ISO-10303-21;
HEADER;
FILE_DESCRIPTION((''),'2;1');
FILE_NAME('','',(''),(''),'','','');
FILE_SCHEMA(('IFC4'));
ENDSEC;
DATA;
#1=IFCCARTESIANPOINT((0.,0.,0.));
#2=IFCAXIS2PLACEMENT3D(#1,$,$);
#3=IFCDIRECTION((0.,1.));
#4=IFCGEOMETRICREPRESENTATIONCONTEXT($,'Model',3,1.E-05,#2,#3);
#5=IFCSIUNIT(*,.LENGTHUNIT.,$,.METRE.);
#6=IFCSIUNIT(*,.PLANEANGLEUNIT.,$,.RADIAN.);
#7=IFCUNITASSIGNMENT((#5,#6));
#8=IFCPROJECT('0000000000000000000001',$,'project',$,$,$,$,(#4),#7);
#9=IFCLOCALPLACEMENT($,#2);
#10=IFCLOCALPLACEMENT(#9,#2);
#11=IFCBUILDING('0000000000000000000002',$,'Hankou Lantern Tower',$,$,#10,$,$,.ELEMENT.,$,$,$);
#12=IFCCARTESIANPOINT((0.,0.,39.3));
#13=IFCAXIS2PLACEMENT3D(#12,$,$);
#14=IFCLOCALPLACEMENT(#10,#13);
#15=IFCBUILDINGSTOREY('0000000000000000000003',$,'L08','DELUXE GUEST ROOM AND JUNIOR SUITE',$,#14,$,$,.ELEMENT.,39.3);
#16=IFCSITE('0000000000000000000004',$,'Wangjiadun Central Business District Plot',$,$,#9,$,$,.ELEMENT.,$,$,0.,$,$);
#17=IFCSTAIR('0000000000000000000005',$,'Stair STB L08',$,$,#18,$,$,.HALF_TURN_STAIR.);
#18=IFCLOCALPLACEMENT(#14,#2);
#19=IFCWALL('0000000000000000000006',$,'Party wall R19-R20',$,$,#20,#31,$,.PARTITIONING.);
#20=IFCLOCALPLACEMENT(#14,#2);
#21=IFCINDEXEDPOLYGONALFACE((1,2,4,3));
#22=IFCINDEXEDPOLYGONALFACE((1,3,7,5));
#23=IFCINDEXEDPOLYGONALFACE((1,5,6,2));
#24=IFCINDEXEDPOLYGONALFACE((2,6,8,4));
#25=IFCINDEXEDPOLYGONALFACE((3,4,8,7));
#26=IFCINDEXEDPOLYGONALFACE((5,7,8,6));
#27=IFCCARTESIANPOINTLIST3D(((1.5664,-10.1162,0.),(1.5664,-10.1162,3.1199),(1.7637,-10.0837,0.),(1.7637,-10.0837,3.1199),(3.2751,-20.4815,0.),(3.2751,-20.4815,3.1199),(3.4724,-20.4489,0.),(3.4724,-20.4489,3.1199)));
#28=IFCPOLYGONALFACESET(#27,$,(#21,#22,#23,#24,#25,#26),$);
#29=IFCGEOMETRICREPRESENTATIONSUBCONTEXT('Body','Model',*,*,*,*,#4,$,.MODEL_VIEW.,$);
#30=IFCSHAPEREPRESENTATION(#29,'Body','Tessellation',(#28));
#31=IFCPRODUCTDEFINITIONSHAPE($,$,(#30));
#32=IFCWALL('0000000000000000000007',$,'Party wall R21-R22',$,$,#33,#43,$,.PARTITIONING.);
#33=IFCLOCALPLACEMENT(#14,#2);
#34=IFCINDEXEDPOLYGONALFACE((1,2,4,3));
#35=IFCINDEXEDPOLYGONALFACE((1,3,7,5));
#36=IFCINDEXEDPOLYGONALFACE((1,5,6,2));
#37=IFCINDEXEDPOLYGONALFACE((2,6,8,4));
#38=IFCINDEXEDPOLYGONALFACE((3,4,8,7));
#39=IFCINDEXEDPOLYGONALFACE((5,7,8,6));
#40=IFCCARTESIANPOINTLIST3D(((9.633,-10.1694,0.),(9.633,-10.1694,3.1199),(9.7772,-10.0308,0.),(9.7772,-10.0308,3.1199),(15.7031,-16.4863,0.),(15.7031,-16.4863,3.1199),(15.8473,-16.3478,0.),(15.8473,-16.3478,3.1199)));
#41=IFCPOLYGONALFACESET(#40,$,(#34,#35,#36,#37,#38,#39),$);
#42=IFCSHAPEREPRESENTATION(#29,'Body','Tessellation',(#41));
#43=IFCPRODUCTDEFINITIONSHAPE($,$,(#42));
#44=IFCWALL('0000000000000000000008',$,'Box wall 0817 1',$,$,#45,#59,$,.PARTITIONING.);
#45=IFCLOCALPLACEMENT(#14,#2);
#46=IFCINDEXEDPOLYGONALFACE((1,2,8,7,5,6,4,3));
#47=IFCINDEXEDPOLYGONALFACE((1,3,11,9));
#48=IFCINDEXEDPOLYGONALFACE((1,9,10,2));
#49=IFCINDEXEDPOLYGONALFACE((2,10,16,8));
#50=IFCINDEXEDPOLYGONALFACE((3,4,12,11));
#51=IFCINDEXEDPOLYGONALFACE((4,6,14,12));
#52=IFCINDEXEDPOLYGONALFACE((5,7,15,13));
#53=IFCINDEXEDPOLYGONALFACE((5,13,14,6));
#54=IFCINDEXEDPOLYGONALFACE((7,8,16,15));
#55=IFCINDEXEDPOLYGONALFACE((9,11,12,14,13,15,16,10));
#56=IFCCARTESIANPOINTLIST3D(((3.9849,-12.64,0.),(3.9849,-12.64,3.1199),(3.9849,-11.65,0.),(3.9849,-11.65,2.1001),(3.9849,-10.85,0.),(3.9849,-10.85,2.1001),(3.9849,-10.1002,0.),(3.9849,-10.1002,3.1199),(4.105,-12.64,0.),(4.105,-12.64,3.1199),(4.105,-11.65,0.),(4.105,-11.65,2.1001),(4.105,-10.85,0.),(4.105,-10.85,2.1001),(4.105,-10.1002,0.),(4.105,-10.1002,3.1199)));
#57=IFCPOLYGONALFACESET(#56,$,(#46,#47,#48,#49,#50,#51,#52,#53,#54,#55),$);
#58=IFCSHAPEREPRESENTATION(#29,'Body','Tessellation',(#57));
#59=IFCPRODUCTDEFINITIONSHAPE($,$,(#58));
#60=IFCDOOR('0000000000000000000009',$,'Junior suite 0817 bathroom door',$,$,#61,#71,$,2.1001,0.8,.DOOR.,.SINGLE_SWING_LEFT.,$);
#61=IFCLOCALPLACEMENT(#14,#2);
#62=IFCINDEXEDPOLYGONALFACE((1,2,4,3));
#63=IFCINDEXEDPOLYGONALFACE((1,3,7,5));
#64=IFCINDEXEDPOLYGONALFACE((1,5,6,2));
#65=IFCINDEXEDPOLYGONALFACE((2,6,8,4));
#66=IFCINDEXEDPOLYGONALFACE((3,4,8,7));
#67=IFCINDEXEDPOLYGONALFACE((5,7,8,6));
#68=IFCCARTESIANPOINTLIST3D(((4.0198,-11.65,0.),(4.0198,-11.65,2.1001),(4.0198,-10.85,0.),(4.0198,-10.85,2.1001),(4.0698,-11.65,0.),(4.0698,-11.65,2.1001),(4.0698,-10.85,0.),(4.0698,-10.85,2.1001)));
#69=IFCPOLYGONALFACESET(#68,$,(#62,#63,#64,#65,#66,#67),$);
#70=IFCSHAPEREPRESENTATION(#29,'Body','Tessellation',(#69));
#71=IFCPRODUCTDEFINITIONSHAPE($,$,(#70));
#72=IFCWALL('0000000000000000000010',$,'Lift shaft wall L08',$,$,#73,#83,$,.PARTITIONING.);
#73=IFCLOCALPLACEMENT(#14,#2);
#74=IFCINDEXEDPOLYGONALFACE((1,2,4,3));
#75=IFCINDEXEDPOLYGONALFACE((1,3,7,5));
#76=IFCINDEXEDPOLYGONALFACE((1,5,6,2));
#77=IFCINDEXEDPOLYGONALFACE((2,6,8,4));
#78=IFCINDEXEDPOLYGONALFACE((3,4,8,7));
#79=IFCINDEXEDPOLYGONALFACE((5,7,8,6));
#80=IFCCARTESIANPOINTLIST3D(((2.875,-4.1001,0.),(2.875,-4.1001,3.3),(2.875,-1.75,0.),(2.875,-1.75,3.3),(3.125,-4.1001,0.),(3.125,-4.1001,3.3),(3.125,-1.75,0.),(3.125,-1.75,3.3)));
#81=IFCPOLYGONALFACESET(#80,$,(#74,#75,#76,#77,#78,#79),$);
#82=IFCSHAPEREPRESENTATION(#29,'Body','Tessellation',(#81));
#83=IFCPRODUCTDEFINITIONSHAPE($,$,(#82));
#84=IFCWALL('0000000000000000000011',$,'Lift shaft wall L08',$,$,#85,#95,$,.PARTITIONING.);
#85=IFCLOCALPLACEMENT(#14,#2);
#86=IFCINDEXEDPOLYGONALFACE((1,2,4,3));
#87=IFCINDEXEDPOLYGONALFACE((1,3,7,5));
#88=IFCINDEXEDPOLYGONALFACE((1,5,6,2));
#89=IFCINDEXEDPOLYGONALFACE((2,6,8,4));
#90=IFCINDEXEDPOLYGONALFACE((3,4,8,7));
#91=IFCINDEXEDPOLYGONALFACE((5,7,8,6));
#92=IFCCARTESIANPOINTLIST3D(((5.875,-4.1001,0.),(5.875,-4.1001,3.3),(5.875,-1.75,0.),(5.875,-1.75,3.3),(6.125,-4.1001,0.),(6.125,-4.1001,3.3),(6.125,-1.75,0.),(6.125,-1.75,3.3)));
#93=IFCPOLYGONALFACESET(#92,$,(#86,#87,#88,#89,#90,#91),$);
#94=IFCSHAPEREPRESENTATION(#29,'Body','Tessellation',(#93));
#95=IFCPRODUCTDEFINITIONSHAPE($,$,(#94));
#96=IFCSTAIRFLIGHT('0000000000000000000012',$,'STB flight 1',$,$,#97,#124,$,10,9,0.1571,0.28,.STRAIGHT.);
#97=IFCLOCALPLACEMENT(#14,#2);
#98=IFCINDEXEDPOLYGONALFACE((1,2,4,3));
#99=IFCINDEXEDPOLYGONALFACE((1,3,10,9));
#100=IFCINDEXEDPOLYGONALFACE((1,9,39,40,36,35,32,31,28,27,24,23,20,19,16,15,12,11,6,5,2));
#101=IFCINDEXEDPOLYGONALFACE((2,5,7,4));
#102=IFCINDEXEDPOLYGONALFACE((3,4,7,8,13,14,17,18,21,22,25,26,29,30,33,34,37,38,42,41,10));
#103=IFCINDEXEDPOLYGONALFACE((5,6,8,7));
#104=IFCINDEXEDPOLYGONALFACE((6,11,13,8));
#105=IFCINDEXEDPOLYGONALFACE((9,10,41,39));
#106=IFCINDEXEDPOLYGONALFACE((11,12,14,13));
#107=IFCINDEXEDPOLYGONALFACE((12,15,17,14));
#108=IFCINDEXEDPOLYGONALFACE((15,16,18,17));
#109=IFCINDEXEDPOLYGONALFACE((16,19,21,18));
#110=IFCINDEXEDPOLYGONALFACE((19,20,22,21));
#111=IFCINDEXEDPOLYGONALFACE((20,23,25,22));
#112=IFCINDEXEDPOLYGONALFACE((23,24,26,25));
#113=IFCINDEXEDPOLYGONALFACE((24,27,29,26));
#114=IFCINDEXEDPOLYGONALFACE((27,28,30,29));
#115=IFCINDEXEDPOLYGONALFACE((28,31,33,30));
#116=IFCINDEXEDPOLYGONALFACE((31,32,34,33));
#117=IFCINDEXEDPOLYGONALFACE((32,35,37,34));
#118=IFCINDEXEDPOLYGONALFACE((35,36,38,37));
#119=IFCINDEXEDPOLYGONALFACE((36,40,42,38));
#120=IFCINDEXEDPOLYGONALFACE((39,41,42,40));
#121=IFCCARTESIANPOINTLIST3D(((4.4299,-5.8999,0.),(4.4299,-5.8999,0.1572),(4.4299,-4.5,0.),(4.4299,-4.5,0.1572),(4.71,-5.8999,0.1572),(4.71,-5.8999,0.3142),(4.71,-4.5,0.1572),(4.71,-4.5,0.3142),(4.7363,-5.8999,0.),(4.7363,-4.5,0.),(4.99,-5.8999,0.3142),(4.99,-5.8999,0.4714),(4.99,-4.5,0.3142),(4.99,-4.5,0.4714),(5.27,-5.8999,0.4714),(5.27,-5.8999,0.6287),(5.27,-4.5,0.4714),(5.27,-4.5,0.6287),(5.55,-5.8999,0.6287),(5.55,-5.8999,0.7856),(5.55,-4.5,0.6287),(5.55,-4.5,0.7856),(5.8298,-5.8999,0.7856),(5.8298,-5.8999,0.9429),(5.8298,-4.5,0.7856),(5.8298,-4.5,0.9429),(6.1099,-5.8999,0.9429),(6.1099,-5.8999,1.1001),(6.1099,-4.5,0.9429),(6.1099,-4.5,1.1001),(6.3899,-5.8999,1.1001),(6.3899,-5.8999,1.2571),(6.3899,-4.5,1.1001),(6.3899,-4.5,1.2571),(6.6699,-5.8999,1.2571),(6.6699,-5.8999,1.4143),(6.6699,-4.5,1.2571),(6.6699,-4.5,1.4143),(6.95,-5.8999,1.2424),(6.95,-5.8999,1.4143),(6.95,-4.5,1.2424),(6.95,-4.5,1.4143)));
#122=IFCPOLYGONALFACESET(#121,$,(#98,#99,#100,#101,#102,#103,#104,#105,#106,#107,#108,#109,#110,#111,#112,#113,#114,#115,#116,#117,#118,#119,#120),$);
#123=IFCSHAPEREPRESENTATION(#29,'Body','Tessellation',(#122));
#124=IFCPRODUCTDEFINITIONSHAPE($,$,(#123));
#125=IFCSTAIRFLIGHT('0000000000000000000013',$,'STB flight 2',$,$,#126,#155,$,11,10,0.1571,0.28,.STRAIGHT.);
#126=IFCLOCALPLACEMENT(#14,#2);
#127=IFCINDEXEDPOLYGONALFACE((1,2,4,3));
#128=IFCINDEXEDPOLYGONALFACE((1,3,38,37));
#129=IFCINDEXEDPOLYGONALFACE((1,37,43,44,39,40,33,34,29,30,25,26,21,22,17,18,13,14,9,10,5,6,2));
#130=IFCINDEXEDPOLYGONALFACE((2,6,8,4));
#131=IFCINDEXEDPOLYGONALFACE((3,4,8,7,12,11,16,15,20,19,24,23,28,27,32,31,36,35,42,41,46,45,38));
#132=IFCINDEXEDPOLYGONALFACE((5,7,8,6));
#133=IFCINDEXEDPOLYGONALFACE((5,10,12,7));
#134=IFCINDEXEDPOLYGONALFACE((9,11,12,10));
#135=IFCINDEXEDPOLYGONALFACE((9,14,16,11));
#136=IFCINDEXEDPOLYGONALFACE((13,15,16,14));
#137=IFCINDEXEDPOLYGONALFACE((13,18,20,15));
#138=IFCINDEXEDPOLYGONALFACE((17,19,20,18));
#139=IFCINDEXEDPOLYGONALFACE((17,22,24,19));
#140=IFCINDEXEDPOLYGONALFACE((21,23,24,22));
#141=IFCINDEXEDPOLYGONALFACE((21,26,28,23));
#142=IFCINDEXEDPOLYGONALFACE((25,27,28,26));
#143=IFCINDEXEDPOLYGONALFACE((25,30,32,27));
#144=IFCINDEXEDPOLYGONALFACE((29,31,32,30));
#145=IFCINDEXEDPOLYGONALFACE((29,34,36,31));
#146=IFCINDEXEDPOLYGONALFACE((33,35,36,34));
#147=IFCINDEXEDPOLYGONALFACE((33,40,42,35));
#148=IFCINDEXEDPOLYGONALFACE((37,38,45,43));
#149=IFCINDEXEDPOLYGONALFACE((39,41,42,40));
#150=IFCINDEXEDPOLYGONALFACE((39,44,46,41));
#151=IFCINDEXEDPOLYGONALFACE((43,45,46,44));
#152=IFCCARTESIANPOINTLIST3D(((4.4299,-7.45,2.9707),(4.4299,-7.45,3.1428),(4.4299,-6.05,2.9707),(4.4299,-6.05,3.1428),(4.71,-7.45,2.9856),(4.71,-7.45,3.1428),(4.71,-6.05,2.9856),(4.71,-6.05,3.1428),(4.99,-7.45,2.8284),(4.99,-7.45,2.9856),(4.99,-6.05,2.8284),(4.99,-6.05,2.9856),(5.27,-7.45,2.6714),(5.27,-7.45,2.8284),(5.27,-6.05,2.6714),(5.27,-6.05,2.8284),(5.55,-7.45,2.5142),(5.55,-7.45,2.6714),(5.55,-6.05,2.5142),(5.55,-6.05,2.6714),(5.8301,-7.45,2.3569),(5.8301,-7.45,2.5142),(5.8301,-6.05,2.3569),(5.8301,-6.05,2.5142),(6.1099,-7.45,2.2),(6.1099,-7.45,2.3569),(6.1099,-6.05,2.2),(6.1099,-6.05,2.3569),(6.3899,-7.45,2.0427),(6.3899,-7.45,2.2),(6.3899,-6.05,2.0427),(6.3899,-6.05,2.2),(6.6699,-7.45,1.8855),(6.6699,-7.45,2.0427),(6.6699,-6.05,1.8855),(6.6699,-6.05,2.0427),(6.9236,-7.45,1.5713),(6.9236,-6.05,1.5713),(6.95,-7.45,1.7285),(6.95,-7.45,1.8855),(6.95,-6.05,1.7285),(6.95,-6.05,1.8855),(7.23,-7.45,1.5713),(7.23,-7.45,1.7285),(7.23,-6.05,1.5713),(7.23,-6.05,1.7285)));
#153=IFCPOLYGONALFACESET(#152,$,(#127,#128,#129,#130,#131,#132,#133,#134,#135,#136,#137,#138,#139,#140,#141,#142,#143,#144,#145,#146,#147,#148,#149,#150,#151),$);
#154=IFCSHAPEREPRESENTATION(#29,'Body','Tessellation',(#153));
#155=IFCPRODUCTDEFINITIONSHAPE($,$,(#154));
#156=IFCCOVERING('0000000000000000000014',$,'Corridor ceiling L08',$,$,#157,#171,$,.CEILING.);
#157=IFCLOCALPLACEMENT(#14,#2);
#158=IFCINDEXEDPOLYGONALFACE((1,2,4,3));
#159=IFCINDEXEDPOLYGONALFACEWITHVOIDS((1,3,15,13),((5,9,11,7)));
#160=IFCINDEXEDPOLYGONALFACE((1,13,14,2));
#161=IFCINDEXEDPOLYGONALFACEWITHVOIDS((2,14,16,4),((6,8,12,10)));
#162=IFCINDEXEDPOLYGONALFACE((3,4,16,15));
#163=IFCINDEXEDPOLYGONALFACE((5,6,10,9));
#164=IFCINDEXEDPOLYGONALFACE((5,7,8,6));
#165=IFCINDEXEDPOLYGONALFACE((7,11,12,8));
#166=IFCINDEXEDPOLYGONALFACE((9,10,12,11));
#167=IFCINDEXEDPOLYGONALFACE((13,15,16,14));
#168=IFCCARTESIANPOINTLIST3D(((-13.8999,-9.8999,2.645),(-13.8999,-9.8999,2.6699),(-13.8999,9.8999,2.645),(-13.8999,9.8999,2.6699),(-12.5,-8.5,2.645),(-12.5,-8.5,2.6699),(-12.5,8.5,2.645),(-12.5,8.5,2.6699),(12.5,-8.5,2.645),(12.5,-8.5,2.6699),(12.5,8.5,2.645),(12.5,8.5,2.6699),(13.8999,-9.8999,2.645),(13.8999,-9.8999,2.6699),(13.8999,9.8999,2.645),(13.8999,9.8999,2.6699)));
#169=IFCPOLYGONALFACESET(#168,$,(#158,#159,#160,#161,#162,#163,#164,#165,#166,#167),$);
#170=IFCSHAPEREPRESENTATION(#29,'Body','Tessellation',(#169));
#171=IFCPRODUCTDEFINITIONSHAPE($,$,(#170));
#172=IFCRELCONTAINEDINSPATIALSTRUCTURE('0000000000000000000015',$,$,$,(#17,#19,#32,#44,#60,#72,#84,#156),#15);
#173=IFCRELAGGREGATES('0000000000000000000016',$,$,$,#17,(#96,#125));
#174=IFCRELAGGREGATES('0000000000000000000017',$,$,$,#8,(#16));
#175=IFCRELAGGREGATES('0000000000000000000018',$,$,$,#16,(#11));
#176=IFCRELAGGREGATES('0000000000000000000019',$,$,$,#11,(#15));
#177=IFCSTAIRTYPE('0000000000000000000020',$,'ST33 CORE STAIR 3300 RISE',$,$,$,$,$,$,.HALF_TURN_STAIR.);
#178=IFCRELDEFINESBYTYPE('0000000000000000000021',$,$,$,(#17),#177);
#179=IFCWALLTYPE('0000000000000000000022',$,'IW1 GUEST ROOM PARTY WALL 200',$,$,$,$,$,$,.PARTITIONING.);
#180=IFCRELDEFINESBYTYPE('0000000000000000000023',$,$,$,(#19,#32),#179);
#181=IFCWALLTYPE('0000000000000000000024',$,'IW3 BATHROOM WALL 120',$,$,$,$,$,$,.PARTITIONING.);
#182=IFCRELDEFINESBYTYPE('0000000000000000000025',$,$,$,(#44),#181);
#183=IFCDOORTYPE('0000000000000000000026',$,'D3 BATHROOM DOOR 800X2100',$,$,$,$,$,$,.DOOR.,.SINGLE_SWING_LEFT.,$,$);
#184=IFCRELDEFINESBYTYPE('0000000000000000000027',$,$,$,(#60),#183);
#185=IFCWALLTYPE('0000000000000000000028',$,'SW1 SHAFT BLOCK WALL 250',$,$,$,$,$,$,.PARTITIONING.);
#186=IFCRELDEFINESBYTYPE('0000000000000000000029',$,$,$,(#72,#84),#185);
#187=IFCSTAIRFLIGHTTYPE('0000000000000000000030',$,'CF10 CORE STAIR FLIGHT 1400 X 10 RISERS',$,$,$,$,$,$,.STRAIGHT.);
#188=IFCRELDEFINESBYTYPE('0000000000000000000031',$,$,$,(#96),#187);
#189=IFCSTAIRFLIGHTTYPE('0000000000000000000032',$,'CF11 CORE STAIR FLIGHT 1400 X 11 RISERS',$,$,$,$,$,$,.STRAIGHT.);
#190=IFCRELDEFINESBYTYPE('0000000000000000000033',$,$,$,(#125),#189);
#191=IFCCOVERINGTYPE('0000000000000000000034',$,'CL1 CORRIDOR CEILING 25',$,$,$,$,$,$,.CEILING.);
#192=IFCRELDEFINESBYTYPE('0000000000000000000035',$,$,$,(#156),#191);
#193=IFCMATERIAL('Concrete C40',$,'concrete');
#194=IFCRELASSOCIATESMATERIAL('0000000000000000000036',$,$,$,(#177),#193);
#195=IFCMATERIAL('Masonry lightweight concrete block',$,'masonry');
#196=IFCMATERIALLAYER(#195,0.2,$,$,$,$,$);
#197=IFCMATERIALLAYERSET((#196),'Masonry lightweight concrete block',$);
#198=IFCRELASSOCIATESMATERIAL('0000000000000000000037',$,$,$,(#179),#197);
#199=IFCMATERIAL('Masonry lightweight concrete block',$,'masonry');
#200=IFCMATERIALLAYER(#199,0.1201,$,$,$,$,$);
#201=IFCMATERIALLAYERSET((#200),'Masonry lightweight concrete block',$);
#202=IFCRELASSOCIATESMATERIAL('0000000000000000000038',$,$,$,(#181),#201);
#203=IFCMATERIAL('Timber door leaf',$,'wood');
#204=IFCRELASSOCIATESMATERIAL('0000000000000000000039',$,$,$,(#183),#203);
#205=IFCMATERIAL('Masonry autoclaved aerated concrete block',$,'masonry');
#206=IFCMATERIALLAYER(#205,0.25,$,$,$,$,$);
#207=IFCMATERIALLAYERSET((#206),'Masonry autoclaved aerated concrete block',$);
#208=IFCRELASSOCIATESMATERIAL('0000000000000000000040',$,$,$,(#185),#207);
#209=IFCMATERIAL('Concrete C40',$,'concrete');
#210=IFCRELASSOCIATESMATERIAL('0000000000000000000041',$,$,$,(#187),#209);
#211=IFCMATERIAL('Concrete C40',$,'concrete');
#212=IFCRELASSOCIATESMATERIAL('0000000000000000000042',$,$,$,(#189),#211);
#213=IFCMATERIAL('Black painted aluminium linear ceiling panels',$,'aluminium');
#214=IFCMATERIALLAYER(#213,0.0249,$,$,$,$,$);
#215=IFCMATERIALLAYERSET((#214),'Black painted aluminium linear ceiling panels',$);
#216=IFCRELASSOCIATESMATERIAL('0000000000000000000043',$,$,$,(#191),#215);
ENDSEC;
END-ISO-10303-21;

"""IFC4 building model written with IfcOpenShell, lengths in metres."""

from ifc_helpers import new_model, si_unit, direction, frame, frame_2d, origin, place, context, subcontext, project, spatial, polyline, rectangle, outline, extrude, material, layer, layer_set, type_object, element, fill, aggregate, save


model = new_model("IFC4")

# Units and contexts
model_context = context("Model", 3, precision=1e-05, world=origin(), true_north=direction((0.0, 1.0)))
body_context = subcontext(model_context, "Body", "Model", "MODEL_VIEW")
ifc_project = project(units=[si_unit("LENGTHUNIT", "METRE"), si_unit("PLANEANGLEUNIT", "RADIAN")], contexts=[model_context])

# Site, building, storey
site_placement = place(None, origin())
site = spatial("IfcSite", under=ifc_project, at=site_placement, Name="Wangjiadun Central Business District Plot", CompositionType="ELEMENT", RefElevation=0.0)
building_placement = place(site_placement, origin())
building = spatial("IfcBuilding", under=site, at=building_placement, Name="Hankou Lantern Tower", CompositionType="ELEMENT")
storey_placement = place(building_placement, frame((0.0, 0.0, 39.3)))
storey = spatial("IfcBuildingStorey", under=building, at=storey_placement, Name="L08", Description="DELUXE GUEST ROOM AND JUNIOR SUITE", CompositionType="ELEMENT", Elevation=39.3)

# Stair
ifc_material_1 = material(Name="Concrete C40", Category="concrete")
stair_type = type_object("IfcStairType", Name="ST33 CORE STAIR 3300 RISE", PredefinedType="HALF_TURN_STAIR", material=ifc_material_1)
stair_1_placement = place(storey_placement, origin())
stair_1 = element("IfcStair", 1, at=stair_1_placement, inside=storey, type_object=stair_type, Name="Stair STB L08", PredefinedType="HALF_TURN_STAIR")

# Walls
ifc_material_2 = material(Name="Masonry lightweight concrete block", Category="masonry")
ifc_layer_1 = layer(ifc_material_2, 0.2)
ifc_layer_set_1 = layer_set([ifc_layer_1], Name="Masonry lightweight concrete block")
wall_type_1 = type_object("IfcWallType", Name="IW1 GUEST ROOM PARTY WALL 200", PredefinedType="PARTITIONING", material=ifc_layer_set_1)
wall_1_placement = place(storey_placement, frame((1.665, -10.1001, 0.0), z_axis=(0.0, 0.0, 1.0), x_axis=(0.162658, -0.986683, 0.0)))
element("IfcWall", 2, at=wall_1_placement, inside=storey, type_object=wall_type_1, Name="Party wall R19-R20", PredefinedType="PARTITIONING", context=body_context, shape_type="SweptSolid", body=[
    extrude(rectangle(XDim=10.5051, YDim=0.2, at=frame_2d((5.2524, 0.0))), origin(), (0.0, 0.0, 1.0), 3.1199),
])
wall_2_placement = place(storey_placement, frame((9.7051, -10.1001, 0.0), z_axis=(0.0, 0.0, 1.0), x_axis=(0.692879, -0.721054, 0.0)))
element("IfcWall", 3, at=wall_2_placement, inside=storey, type_object=wall_type_1, Name="Party wall R21-R22", PredefinedType="PARTITIONING", context=body_context, shape_type="SweptSolid", body=[
    extrude(rectangle(XDim=8.7607, YDim=0.2, at=frame_2d((4.3804, 0.0))), origin(), (0.0, 0.0, 1.0), 3.1199),
])

# Wall, opening, door
ifc_material_3 = material(Name="Masonry lightweight concrete block", Category="masonry")
ifc_layer_2 = layer(ifc_material_3, 0.1201)
ifc_layer_set_2 = layer_set([ifc_layer_2], Name="Masonry lightweight concrete block")
wall_type_2 = type_object("IfcWallType", Name="IW3 BATHROOM WALL 120", PredefinedType="PARTITIONING", material=ifc_layer_set_2)
wall_3_placement = place(storey_placement, frame((4.0449, -10.1001, 0.0), z_axis=(0.0, 0.0, 1.0), x_axis=(0.0, -1.0, 0.0)))
wall_3 = element("IfcWall", 4, at=wall_3_placement, inside=storey, type_object=wall_type_2, Name="Box wall 0817 1", PredefinedType="PARTITIONING", context=body_context, shape_type="SweptSolid", body=[
    extrude(rectangle(XDim=2.5398, YDim=0.1201, at=frame_2d((1.27, 0.0))), origin(), (0.0, 0.0, 1.0), 3.1199),
])
opening_1_placement = place(wall_3_placement, frame((0.75, 0.0, 0.0)))
opening_1 = element("IfcOpeningElement", 5, at=opening_1_placement, cuts=wall_3, PredefinedType="OPENING", context=body_context, shape_type="SweptSolid", body=[
    extrude(rectangle(XDim=0.8, YDim=2.1001, at=frame_2d((0.3999, 1.05))), frame((0.0, 0.0701, 0.0), z_axis=(0.0, -1.0, 0.0), x_axis=(1.0, 0.0, 0.0)), (0.0, 0.0, 1.0), 0.1401),
])
ifc_material_4 = material(Name="Timber door leaf", Category="wood")
door_type_1 = type_object("IfcDoorType", Name="D3 BATHROOM DOOR 800X2100", OperationType="SINGLE_SWING_LEFT", PredefinedType="DOOR", material=ifc_material_4)
door_1_placement = place(opening_1_placement, origin())
door_1 = element("IfcDoor", 6, at=door_1_placement, inside=storey, type_object=door_type_1, Name="Junior suite 0817 bathroom door", OperationType="SINGLE_SWING_LEFT", OverallHeight=2.1001, OverallWidth=0.8, PredefinedType="DOOR", context=body_context, shape_type="SweptSolid", body=[
    extrude(rectangle(XDim=0.8, YDim=2.1001, at=frame_2d((0.3999, 1.05))), frame((0.0, 0.0249, 0.0), z_axis=(0.0, -1.0, 0.0), x_axis=(1.0, 0.0, 0.0)), (0.0, 0.0, 1.0), 0.05),
])
fill(opening_1, door_1)

# Walls
ifc_material_5 = material(Name="Masonry autoclaved aerated concrete block", Category="masonry")
ifc_layer_3 = layer(ifc_material_5, 0.25)
ifc_layer_set_3 = layer_set([ifc_layer_3], Name="Masonry autoclaved aerated concrete block")
wall_type_3 = type_object("IfcWallType", Name="SW1 SHAFT BLOCK WALL 250", PredefinedType="PARTITIONING", material=ifc_layer_set_3)
for number, where, z_axis, x_axis, name in (
    (7, (3.0, -4.1001, 0.0), (0.0, 0.0, 1.0), (0.0, 1.0, 0.0), "Lift shaft wall L08"),
    (8, (6.0, -4.1001, 0.0), (0.0, 0.0, 1.0), (0.0, 1.0, 0.0), "Lift shaft wall L08"),
):
    element("IfcWall", number, at=place(storey_placement, frame(where, z_axis=z_axis, x_axis=x_axis)), inside=storey, type_object=wall_type_3, Name=name, PredefinedType="PARTITIONING", context=body_context, shape_type="SweptSolid", body=[
        extrude(rectangle(XDim=2.3501, YDim=0.25, at=frame_2d((1.175, 0.0))), origin(), (0.0, 0.0, 1.0), 3.3),
    ])

# Stair flights
ifc_material_6 = material(Name="Concrete C40", Category="concrete")
stair_flight_type_1 = type_object("IfcStairFlightType", Name="CF10 CORE STAIR FLIGHT 1400 X 10 RISERS", PredefinedType="STRAIGHT", material=ifc_material_6)
stair_flight_1_placement = place(storey_placement, frame((4.4299, -5.2, 0.0), z_axis=(0.0, 0.0, 1.0), x_axis=(1.0, 0.0, 0.0)))
stair_flight_1 = element("IfcStairFlight", 9, at=stair_flight_1_placement, type_object=stair_flight_type_1, Name="STB flight 1", NumberOfRisers=10, NumberOfTreads=9, PredefinedType="STRAIGHT", RiserHeight=0.1571, TreadLength=0.28, context=body_context, shape_type="SweptSolid", body=[
    extrude(outline(polyline([(0.0, 0.0), (0.0, 0.1572), (0.28, 0.1572), (0.28, 0.3142), (0.5601, 0.3142), (0.5601, 0.4714), (0.8401, 0.4714), (0.8401, 0.6287), (1.1201, 0.6287), (1.1201, 0.7856), (1.3999, 0.7856), (1.3999, 0.9429), (1.6799, 0.9429), (1.6799, 1.1001), (1.96, 1.1001), (1.96, 1.2571), (2.24, 1.2571), (2.24, 1.4143), (2.52, 1.4143), (2.52, 1.5715), (2.52, 1.2424), (0.3064, 0.0), (0.0, 0.0)])), frame((0.0, 0.7, 0.0), z_axis=(0.0, -1.0, 0.0), x_axis=(1.0, 0.0, 0.0)), (0.0, 0.0, 1.0), 1.3999),
])
ifc_material_7 = material(Name="Concrete C40", Category="concrete")
stair_flight_type_2 = type_object("IfcStairFlightType", Name="CF11 CORE STAIR FLIGHT 1400 X 11 RISERS", PredefinedType="STRAIGHT", material=ifc_material_7)
stair_flight_2_placement = place(storey_placement, frame((7.23, -6.75, 1.5713), z_axis=(0.0, 0.0, 1.0), x_axis=(-1.0, 0.0, 0.0)))
stair_flight_2 = element("IfcStairFlight", 10, at=stair_flight_2_placement, type_object=stair_flight_type_2, Name="STB flight 2", NumberOfRisers=11, NumberOfTreads=10, PredefinedType="STRAIGHT", RiserHeight=0.1571, TreadLength=0.28, context=body_context, shape_type="SweptSolid", body=[
    extrude(outline(polyline([(0.0, 0.0), (0.0, 0.1572), (0.28, 0.1572), (0.28, 0.3142), (0.5601, 0.3142), (0.5601, 0.4714), (0.8401, 0.4714), (0.8401, 0.6287), (1.1201, 0.6287), (1.1201, 0.7856), (1.3999, 0.7856), (1.3999, 0.9429), (1.6799, 0.9429), (1.6799, 1.1001), (1.96, 1.1001), (1.96, 1.2571), (2.24, 1.2571), (2.24, 1.4143), (2.52, 1.4143), (2.52, 1.5715), (2.8, 1.5715), (2.8, 1.7285), (2.8, 1.3994), (0.3064, 0.0), (0.0, 0.0)])), frame((0.0, 0.7, 0.0), z_axis=(0.0, -1.0, 0.0), x_axis=(1.0, 0.0, 0.0)), (0.0, 0.0, 1.0), 1.3999),
])
aggregate(stair_1, [stair_flight_1, stair_flight_2])

# Covering
ifc_material_8 = material(Name="Black painted aluminium linear ceiling panels", Category="aluminium")
ifc_layer_4 = layer(ifc_material_8, 0.0249)
ifc_layer_set_4 = layer_set([ifc_layer_4], Name="Black painted aluminium linear ceiling panels")
covering_type_1 = type_object("IfcCoveringType", Name="CL1 CORRIDOR CEILING 25", PredefinedType="CEILING", material=ifc_layer_set_4)
covering_1_placement = place(storey_placement, frame((0.0, 0.0, 2.645)))
element("IfcCovering", 11, at=covering_1_placement, inside=storey, type_object=covering_type_1, Name="Corridor ceiling L08", PredefinedType="CEILING", context=body_context, shape_type="SweptSolid", body=[
    extrude(outline(polyline([(-13.8999, -9.8999), (13.8999, -9.8999), (13.8999, 9.8999), (-13.8999, 9.8999), (-13.8999, -9.8999)]), holes=[polyline([(-12.5, 8.5), (12.5, 8.5), (12.5, -8.5), (-12.5, -8.5), (-12.5, 8.5)])]), origin(), (0.0, 0.0, 1.0), 0.0249),
])

save(model, "model.ifc")
